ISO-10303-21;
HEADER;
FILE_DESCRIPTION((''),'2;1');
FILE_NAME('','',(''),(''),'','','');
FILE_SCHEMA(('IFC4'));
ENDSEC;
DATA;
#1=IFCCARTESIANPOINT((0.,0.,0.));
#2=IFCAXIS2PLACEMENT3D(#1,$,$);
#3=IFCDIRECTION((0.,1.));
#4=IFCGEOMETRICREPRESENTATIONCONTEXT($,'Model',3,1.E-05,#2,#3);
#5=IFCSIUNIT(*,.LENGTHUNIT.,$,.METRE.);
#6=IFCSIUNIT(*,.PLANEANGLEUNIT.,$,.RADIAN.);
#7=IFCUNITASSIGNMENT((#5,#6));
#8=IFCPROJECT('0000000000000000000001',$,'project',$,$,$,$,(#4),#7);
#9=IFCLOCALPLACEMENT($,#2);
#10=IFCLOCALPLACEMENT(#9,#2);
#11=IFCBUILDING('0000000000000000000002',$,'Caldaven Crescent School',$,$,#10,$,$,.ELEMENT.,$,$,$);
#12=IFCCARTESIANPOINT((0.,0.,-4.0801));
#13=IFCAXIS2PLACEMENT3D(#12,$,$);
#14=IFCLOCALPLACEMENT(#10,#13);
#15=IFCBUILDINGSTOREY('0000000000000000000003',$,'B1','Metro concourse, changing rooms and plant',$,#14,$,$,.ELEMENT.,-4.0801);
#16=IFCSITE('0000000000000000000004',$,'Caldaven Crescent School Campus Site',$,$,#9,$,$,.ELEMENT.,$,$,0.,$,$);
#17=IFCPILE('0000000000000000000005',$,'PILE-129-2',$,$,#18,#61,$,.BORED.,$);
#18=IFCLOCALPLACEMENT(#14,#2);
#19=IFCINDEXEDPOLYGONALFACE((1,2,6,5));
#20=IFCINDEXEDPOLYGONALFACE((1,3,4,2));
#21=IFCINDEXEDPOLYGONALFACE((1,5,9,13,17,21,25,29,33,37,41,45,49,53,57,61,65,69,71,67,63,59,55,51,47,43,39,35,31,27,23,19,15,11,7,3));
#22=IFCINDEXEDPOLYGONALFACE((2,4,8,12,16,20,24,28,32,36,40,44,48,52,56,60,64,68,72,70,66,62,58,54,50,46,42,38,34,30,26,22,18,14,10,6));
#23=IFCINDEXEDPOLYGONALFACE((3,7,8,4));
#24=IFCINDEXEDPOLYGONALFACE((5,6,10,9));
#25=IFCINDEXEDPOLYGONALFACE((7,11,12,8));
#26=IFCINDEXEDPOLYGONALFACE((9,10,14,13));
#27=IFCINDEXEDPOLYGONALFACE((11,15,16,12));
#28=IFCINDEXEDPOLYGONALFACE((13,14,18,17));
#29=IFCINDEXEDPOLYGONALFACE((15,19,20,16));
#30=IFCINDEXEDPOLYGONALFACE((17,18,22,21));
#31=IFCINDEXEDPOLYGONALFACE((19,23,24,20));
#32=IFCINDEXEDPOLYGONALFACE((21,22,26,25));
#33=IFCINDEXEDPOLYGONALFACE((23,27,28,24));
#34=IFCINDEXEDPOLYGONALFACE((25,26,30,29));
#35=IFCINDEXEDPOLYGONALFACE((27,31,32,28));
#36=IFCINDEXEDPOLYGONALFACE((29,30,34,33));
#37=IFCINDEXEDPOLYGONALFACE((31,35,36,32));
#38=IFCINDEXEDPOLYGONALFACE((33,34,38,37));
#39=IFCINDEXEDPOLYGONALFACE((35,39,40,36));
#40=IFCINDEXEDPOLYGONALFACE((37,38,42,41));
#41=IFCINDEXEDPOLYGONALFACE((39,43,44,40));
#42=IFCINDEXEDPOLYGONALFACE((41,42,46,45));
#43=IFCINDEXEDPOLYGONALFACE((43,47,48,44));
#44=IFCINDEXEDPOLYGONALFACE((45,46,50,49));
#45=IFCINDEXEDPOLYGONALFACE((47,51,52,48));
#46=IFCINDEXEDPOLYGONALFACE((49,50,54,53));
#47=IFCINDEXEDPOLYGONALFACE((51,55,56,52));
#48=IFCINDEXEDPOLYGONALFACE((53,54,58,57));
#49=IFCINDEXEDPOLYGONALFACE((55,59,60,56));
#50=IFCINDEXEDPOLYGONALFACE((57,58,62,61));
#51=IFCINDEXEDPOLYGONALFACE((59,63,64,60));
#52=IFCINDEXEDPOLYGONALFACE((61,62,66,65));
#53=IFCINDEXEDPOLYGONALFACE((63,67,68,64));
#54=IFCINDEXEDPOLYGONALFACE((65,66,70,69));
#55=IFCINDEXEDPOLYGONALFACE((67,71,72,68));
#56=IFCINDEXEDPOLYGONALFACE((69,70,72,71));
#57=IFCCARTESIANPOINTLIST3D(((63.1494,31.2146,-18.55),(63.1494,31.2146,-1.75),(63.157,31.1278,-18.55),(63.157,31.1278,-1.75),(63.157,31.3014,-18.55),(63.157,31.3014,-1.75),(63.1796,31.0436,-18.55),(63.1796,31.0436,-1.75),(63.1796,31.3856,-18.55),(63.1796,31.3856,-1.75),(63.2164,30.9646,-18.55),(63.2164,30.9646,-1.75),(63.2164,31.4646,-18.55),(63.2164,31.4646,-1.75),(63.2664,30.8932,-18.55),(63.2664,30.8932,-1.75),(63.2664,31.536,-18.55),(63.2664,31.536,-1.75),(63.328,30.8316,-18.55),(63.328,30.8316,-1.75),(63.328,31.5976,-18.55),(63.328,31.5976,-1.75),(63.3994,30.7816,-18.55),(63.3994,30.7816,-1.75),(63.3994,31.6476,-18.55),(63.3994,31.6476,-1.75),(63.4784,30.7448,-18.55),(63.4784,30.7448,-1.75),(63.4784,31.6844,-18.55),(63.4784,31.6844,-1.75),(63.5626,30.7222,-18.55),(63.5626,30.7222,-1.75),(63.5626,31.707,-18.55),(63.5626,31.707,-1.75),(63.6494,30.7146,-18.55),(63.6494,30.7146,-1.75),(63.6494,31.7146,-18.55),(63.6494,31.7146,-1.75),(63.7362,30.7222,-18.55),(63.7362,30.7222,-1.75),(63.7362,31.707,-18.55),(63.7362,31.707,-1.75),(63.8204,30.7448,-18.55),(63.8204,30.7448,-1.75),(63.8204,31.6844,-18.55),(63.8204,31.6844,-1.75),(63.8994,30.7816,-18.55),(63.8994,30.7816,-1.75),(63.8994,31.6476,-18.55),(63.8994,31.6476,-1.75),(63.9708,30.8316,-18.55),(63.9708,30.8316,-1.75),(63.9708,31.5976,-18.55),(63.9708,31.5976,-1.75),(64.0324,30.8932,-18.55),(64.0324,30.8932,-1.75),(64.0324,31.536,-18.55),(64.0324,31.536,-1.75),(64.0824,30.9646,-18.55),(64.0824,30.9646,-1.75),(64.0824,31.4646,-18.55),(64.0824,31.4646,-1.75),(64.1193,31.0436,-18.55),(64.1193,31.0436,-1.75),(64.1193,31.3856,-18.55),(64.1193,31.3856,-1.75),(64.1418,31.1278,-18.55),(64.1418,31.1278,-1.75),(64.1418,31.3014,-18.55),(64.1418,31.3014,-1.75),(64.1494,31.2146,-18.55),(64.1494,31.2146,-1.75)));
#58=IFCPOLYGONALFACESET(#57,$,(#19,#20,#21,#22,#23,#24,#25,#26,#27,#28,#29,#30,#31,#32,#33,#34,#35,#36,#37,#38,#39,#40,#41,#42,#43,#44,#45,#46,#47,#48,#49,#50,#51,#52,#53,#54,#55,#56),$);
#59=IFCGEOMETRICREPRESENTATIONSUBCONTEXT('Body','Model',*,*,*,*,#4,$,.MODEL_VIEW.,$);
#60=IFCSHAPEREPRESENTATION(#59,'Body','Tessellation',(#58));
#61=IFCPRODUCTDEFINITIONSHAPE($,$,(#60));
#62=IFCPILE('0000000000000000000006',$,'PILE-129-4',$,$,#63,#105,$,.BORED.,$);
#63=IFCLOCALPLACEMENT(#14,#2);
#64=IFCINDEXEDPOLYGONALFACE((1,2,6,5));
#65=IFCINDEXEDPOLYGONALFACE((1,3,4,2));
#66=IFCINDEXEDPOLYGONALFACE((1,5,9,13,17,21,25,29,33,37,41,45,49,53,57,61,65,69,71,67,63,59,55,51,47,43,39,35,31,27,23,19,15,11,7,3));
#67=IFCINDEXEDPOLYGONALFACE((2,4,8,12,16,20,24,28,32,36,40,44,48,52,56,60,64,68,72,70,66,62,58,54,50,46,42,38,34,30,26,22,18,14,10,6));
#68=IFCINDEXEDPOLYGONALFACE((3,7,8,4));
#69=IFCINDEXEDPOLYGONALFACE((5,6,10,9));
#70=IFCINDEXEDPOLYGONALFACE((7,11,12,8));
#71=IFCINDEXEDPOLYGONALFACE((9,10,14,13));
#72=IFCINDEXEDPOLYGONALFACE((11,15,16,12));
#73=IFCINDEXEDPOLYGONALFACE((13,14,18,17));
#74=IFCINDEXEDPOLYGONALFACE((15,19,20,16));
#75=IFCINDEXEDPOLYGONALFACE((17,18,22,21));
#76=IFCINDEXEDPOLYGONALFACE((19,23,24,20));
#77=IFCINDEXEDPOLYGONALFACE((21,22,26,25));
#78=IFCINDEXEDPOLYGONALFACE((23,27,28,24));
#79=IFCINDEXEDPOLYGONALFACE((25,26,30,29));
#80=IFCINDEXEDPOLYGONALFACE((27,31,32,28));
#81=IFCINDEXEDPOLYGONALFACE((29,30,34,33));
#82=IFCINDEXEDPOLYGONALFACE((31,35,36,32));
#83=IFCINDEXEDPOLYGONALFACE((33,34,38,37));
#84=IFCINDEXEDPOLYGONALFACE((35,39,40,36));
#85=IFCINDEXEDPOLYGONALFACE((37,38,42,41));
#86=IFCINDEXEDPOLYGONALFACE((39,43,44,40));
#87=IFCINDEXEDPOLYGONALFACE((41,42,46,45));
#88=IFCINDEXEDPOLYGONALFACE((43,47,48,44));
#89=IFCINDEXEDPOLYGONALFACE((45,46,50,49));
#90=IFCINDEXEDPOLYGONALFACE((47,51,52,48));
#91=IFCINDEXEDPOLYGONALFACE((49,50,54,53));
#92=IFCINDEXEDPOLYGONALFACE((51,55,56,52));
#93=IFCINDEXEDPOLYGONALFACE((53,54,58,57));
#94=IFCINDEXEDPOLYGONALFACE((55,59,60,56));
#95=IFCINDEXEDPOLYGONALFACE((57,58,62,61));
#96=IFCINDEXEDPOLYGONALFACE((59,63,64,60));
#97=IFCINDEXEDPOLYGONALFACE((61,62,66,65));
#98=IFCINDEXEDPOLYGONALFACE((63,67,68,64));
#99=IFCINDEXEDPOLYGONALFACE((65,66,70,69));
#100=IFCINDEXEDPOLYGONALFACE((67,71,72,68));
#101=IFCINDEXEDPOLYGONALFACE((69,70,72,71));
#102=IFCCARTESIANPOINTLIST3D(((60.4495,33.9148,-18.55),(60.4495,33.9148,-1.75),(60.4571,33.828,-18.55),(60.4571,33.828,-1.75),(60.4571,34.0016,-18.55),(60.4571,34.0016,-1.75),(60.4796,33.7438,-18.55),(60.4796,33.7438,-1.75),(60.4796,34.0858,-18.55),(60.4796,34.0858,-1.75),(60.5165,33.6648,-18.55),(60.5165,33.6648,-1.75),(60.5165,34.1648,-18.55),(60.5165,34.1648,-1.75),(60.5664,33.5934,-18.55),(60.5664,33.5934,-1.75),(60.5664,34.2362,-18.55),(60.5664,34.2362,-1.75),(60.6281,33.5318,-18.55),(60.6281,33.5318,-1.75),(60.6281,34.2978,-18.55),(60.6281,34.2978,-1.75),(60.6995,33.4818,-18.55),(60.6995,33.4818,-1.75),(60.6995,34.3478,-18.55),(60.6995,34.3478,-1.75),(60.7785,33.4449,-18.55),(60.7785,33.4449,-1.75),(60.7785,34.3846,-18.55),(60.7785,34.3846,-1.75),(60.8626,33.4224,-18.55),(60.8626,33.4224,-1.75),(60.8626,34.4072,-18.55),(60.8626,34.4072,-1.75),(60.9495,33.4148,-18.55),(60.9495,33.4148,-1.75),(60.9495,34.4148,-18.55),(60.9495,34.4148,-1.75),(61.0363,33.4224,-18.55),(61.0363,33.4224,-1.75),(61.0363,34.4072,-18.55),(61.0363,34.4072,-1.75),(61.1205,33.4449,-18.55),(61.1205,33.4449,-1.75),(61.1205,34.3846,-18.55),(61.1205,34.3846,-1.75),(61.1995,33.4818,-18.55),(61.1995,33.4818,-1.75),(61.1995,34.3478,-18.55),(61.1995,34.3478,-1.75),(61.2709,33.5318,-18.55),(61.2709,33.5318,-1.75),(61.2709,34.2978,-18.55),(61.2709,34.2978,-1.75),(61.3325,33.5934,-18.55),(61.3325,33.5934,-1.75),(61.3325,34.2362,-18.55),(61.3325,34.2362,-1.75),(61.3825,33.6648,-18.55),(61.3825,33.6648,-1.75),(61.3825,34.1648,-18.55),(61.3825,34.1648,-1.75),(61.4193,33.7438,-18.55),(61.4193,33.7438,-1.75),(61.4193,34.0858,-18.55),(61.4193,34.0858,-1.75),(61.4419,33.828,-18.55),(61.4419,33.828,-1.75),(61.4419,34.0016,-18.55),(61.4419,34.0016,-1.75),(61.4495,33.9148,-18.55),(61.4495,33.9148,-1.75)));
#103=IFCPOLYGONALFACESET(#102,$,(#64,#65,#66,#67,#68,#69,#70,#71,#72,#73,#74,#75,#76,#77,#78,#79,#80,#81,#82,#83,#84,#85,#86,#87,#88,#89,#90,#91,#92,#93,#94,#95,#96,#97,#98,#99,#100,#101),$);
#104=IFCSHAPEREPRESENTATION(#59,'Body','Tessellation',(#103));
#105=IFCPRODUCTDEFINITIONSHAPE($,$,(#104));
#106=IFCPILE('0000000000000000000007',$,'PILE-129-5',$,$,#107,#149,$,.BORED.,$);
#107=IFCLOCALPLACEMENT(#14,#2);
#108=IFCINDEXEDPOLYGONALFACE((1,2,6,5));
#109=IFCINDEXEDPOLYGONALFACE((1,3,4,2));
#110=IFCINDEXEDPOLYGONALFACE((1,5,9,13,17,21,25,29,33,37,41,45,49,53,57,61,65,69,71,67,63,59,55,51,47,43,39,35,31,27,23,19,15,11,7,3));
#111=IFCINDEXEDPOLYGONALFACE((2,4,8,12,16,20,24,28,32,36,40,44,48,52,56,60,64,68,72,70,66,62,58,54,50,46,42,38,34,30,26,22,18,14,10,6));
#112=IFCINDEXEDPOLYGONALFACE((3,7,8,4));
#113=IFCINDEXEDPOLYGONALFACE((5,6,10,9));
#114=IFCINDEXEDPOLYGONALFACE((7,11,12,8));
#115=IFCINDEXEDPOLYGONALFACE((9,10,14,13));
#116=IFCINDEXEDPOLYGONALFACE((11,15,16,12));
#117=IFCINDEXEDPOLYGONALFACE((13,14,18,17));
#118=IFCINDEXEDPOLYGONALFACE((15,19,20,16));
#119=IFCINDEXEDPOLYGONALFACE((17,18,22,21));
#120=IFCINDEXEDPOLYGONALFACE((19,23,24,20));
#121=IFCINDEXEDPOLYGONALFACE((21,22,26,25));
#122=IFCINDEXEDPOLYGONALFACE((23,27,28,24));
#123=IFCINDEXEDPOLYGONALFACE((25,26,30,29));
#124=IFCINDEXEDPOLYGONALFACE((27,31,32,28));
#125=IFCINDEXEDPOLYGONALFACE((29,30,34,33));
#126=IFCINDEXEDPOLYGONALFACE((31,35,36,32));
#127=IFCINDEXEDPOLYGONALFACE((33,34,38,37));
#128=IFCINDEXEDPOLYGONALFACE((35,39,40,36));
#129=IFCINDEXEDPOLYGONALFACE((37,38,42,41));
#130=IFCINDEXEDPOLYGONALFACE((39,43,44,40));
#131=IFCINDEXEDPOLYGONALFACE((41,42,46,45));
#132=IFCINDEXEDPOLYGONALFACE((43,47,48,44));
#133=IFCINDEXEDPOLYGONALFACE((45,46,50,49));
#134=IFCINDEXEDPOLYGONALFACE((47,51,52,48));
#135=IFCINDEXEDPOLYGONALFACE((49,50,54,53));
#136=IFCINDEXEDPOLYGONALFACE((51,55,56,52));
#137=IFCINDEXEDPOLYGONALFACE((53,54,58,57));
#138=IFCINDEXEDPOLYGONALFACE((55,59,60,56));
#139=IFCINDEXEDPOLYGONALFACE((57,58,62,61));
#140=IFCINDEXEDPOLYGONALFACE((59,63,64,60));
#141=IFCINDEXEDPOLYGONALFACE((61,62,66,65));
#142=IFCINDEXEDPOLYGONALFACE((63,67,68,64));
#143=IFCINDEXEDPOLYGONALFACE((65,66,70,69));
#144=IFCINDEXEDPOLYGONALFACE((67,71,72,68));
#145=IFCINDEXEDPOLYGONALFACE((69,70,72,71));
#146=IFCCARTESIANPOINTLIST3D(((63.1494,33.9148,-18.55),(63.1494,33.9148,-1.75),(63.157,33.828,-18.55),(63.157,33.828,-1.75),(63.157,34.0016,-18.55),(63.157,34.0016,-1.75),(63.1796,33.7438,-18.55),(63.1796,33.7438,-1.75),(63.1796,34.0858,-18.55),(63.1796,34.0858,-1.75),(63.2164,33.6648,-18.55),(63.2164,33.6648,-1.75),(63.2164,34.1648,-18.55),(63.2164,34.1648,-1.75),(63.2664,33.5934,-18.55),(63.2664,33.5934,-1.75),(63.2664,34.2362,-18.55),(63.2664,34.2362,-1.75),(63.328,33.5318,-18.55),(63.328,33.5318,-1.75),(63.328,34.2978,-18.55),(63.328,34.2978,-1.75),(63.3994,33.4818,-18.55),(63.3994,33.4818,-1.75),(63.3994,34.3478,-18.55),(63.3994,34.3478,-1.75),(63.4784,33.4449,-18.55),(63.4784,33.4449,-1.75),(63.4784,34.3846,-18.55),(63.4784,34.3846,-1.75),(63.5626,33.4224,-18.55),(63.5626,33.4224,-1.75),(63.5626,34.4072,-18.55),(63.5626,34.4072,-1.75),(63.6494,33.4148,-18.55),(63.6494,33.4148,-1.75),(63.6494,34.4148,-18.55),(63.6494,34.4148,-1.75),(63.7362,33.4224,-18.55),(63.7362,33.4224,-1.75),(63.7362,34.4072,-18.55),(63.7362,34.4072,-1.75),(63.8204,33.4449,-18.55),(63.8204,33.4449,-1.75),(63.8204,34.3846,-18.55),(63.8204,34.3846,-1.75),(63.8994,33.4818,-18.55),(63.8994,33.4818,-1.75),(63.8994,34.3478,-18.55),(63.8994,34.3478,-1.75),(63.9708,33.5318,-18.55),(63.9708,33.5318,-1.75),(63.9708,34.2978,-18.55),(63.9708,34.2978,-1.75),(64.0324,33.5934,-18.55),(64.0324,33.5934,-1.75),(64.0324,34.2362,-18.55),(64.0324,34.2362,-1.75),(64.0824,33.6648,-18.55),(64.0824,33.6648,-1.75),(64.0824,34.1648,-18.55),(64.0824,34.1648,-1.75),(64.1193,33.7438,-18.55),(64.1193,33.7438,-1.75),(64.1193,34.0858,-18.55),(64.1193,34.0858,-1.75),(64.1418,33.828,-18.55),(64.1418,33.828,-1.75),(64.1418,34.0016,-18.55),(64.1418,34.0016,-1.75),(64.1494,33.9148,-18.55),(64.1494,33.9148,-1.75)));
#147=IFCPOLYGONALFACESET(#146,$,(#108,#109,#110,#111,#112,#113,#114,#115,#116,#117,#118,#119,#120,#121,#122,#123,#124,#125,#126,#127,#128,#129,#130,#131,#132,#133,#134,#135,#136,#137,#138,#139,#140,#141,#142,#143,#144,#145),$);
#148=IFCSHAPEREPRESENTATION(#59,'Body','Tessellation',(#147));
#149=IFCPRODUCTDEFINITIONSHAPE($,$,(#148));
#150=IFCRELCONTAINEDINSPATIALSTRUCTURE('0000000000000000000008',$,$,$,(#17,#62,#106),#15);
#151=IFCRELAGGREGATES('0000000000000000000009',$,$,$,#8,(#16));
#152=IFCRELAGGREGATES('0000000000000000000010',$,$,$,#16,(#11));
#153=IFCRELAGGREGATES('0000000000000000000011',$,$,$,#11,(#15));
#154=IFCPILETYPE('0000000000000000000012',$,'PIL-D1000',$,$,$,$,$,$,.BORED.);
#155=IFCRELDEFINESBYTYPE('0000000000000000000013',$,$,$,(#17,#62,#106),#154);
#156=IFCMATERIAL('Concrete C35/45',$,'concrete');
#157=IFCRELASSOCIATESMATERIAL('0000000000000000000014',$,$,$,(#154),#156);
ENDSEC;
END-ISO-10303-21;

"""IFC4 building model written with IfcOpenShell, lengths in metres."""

from ifc_helpers import new_model, si_unit, direction, frame, origin, origin_2d, place, context, subcontext, project, spatial, circle, extrude, material, material_profile, profile_set, type_object, element, save


model = new_model("IFC4")

# Units and contexts
model_context = context("Model", 3, precision=1e-05, world=origin(), true_north=direction((0.0, 1.0)))
body_context = subcontext(model_context, "Body", "Model", "MODEL_VIEW")
ifc_project = project(units=[si_unit("LENGTHUNIT", "METRE"), si_unit("PLANEANGLEUNIT", "RADIAN")], contexts=[model_context])

# Site, building, storey
site_placement = place(None, origin())
site = spatial("IfcSite", under=ifc_project, at=site_placement, Name="Caldaven Crescent School Campus Site", CompositionType="ELEMENT", RefElevation=0.0)
building_placement = place(site_placement, origin())
building = spatial("IfcBuilding", under=site, at=building_placement, Name="Caldaven Crescent School", CompositionType="ELEMENT")
storey_placement = place(building_placement, frame((0.0, 0.0, -4.0801)))
storey = spatial("IfcBuildingStorey", under=building, at=storey_placement, Name="B1", Description="Metro concourse, changing rooms and plant", CompositionType="ELEMENT", Elevation=-4.0801)

# Shared definitions
ifc_material_1 = material(Name="Concrete C35/45", Category="concrete")

# Piles
ifc_material_profile_1 = material_profile(ifc_material_1, circle(Radius=0.5, at=origin_2d()), Name="PILE D1000")
ifc_profile_set_1 = profile_set([ifc_material_profile_1], Name="Concrete C35/45")
pile_type = type_object("IfcPileType", Name="PIL-D1000", PredefinedType="BORED", material=ifc_profile_set_1)
for number, where, z_axis, x_axis, name in (
    (1, (63.6494, 31.2146, -1.75), (0.0, 0.0, -1.0), (1.0, 0.0, 0.0), "PILE-129-2"),
    (2, (60.9495, 33.9148, -1.75), (0.0, 0.0, -1.0), (1.0, 0.0, 0.0), "PILE-129-4"),
    (3, (63.6494, 33.9148, -1.75), (0.0, 0.0, -1.0), (1.0, 0.0, 0.0), "PILE-129-5"),
):
    element("IfcPile", number, at=place(storey_placement, frame(where, z_axis=z_axis, x_axis=x_axis)), inside=storey, type_object=pile_type, Name=name, PredefinedType="BORED", context=body_context, shape_type="SweptSolid", body=[
        extrude(circle(Radius=0.5, at=origin_2d()), origin(), (0.0, 0.0, 1.0), 16.8),
    ])

save(model, "model.ifc")
